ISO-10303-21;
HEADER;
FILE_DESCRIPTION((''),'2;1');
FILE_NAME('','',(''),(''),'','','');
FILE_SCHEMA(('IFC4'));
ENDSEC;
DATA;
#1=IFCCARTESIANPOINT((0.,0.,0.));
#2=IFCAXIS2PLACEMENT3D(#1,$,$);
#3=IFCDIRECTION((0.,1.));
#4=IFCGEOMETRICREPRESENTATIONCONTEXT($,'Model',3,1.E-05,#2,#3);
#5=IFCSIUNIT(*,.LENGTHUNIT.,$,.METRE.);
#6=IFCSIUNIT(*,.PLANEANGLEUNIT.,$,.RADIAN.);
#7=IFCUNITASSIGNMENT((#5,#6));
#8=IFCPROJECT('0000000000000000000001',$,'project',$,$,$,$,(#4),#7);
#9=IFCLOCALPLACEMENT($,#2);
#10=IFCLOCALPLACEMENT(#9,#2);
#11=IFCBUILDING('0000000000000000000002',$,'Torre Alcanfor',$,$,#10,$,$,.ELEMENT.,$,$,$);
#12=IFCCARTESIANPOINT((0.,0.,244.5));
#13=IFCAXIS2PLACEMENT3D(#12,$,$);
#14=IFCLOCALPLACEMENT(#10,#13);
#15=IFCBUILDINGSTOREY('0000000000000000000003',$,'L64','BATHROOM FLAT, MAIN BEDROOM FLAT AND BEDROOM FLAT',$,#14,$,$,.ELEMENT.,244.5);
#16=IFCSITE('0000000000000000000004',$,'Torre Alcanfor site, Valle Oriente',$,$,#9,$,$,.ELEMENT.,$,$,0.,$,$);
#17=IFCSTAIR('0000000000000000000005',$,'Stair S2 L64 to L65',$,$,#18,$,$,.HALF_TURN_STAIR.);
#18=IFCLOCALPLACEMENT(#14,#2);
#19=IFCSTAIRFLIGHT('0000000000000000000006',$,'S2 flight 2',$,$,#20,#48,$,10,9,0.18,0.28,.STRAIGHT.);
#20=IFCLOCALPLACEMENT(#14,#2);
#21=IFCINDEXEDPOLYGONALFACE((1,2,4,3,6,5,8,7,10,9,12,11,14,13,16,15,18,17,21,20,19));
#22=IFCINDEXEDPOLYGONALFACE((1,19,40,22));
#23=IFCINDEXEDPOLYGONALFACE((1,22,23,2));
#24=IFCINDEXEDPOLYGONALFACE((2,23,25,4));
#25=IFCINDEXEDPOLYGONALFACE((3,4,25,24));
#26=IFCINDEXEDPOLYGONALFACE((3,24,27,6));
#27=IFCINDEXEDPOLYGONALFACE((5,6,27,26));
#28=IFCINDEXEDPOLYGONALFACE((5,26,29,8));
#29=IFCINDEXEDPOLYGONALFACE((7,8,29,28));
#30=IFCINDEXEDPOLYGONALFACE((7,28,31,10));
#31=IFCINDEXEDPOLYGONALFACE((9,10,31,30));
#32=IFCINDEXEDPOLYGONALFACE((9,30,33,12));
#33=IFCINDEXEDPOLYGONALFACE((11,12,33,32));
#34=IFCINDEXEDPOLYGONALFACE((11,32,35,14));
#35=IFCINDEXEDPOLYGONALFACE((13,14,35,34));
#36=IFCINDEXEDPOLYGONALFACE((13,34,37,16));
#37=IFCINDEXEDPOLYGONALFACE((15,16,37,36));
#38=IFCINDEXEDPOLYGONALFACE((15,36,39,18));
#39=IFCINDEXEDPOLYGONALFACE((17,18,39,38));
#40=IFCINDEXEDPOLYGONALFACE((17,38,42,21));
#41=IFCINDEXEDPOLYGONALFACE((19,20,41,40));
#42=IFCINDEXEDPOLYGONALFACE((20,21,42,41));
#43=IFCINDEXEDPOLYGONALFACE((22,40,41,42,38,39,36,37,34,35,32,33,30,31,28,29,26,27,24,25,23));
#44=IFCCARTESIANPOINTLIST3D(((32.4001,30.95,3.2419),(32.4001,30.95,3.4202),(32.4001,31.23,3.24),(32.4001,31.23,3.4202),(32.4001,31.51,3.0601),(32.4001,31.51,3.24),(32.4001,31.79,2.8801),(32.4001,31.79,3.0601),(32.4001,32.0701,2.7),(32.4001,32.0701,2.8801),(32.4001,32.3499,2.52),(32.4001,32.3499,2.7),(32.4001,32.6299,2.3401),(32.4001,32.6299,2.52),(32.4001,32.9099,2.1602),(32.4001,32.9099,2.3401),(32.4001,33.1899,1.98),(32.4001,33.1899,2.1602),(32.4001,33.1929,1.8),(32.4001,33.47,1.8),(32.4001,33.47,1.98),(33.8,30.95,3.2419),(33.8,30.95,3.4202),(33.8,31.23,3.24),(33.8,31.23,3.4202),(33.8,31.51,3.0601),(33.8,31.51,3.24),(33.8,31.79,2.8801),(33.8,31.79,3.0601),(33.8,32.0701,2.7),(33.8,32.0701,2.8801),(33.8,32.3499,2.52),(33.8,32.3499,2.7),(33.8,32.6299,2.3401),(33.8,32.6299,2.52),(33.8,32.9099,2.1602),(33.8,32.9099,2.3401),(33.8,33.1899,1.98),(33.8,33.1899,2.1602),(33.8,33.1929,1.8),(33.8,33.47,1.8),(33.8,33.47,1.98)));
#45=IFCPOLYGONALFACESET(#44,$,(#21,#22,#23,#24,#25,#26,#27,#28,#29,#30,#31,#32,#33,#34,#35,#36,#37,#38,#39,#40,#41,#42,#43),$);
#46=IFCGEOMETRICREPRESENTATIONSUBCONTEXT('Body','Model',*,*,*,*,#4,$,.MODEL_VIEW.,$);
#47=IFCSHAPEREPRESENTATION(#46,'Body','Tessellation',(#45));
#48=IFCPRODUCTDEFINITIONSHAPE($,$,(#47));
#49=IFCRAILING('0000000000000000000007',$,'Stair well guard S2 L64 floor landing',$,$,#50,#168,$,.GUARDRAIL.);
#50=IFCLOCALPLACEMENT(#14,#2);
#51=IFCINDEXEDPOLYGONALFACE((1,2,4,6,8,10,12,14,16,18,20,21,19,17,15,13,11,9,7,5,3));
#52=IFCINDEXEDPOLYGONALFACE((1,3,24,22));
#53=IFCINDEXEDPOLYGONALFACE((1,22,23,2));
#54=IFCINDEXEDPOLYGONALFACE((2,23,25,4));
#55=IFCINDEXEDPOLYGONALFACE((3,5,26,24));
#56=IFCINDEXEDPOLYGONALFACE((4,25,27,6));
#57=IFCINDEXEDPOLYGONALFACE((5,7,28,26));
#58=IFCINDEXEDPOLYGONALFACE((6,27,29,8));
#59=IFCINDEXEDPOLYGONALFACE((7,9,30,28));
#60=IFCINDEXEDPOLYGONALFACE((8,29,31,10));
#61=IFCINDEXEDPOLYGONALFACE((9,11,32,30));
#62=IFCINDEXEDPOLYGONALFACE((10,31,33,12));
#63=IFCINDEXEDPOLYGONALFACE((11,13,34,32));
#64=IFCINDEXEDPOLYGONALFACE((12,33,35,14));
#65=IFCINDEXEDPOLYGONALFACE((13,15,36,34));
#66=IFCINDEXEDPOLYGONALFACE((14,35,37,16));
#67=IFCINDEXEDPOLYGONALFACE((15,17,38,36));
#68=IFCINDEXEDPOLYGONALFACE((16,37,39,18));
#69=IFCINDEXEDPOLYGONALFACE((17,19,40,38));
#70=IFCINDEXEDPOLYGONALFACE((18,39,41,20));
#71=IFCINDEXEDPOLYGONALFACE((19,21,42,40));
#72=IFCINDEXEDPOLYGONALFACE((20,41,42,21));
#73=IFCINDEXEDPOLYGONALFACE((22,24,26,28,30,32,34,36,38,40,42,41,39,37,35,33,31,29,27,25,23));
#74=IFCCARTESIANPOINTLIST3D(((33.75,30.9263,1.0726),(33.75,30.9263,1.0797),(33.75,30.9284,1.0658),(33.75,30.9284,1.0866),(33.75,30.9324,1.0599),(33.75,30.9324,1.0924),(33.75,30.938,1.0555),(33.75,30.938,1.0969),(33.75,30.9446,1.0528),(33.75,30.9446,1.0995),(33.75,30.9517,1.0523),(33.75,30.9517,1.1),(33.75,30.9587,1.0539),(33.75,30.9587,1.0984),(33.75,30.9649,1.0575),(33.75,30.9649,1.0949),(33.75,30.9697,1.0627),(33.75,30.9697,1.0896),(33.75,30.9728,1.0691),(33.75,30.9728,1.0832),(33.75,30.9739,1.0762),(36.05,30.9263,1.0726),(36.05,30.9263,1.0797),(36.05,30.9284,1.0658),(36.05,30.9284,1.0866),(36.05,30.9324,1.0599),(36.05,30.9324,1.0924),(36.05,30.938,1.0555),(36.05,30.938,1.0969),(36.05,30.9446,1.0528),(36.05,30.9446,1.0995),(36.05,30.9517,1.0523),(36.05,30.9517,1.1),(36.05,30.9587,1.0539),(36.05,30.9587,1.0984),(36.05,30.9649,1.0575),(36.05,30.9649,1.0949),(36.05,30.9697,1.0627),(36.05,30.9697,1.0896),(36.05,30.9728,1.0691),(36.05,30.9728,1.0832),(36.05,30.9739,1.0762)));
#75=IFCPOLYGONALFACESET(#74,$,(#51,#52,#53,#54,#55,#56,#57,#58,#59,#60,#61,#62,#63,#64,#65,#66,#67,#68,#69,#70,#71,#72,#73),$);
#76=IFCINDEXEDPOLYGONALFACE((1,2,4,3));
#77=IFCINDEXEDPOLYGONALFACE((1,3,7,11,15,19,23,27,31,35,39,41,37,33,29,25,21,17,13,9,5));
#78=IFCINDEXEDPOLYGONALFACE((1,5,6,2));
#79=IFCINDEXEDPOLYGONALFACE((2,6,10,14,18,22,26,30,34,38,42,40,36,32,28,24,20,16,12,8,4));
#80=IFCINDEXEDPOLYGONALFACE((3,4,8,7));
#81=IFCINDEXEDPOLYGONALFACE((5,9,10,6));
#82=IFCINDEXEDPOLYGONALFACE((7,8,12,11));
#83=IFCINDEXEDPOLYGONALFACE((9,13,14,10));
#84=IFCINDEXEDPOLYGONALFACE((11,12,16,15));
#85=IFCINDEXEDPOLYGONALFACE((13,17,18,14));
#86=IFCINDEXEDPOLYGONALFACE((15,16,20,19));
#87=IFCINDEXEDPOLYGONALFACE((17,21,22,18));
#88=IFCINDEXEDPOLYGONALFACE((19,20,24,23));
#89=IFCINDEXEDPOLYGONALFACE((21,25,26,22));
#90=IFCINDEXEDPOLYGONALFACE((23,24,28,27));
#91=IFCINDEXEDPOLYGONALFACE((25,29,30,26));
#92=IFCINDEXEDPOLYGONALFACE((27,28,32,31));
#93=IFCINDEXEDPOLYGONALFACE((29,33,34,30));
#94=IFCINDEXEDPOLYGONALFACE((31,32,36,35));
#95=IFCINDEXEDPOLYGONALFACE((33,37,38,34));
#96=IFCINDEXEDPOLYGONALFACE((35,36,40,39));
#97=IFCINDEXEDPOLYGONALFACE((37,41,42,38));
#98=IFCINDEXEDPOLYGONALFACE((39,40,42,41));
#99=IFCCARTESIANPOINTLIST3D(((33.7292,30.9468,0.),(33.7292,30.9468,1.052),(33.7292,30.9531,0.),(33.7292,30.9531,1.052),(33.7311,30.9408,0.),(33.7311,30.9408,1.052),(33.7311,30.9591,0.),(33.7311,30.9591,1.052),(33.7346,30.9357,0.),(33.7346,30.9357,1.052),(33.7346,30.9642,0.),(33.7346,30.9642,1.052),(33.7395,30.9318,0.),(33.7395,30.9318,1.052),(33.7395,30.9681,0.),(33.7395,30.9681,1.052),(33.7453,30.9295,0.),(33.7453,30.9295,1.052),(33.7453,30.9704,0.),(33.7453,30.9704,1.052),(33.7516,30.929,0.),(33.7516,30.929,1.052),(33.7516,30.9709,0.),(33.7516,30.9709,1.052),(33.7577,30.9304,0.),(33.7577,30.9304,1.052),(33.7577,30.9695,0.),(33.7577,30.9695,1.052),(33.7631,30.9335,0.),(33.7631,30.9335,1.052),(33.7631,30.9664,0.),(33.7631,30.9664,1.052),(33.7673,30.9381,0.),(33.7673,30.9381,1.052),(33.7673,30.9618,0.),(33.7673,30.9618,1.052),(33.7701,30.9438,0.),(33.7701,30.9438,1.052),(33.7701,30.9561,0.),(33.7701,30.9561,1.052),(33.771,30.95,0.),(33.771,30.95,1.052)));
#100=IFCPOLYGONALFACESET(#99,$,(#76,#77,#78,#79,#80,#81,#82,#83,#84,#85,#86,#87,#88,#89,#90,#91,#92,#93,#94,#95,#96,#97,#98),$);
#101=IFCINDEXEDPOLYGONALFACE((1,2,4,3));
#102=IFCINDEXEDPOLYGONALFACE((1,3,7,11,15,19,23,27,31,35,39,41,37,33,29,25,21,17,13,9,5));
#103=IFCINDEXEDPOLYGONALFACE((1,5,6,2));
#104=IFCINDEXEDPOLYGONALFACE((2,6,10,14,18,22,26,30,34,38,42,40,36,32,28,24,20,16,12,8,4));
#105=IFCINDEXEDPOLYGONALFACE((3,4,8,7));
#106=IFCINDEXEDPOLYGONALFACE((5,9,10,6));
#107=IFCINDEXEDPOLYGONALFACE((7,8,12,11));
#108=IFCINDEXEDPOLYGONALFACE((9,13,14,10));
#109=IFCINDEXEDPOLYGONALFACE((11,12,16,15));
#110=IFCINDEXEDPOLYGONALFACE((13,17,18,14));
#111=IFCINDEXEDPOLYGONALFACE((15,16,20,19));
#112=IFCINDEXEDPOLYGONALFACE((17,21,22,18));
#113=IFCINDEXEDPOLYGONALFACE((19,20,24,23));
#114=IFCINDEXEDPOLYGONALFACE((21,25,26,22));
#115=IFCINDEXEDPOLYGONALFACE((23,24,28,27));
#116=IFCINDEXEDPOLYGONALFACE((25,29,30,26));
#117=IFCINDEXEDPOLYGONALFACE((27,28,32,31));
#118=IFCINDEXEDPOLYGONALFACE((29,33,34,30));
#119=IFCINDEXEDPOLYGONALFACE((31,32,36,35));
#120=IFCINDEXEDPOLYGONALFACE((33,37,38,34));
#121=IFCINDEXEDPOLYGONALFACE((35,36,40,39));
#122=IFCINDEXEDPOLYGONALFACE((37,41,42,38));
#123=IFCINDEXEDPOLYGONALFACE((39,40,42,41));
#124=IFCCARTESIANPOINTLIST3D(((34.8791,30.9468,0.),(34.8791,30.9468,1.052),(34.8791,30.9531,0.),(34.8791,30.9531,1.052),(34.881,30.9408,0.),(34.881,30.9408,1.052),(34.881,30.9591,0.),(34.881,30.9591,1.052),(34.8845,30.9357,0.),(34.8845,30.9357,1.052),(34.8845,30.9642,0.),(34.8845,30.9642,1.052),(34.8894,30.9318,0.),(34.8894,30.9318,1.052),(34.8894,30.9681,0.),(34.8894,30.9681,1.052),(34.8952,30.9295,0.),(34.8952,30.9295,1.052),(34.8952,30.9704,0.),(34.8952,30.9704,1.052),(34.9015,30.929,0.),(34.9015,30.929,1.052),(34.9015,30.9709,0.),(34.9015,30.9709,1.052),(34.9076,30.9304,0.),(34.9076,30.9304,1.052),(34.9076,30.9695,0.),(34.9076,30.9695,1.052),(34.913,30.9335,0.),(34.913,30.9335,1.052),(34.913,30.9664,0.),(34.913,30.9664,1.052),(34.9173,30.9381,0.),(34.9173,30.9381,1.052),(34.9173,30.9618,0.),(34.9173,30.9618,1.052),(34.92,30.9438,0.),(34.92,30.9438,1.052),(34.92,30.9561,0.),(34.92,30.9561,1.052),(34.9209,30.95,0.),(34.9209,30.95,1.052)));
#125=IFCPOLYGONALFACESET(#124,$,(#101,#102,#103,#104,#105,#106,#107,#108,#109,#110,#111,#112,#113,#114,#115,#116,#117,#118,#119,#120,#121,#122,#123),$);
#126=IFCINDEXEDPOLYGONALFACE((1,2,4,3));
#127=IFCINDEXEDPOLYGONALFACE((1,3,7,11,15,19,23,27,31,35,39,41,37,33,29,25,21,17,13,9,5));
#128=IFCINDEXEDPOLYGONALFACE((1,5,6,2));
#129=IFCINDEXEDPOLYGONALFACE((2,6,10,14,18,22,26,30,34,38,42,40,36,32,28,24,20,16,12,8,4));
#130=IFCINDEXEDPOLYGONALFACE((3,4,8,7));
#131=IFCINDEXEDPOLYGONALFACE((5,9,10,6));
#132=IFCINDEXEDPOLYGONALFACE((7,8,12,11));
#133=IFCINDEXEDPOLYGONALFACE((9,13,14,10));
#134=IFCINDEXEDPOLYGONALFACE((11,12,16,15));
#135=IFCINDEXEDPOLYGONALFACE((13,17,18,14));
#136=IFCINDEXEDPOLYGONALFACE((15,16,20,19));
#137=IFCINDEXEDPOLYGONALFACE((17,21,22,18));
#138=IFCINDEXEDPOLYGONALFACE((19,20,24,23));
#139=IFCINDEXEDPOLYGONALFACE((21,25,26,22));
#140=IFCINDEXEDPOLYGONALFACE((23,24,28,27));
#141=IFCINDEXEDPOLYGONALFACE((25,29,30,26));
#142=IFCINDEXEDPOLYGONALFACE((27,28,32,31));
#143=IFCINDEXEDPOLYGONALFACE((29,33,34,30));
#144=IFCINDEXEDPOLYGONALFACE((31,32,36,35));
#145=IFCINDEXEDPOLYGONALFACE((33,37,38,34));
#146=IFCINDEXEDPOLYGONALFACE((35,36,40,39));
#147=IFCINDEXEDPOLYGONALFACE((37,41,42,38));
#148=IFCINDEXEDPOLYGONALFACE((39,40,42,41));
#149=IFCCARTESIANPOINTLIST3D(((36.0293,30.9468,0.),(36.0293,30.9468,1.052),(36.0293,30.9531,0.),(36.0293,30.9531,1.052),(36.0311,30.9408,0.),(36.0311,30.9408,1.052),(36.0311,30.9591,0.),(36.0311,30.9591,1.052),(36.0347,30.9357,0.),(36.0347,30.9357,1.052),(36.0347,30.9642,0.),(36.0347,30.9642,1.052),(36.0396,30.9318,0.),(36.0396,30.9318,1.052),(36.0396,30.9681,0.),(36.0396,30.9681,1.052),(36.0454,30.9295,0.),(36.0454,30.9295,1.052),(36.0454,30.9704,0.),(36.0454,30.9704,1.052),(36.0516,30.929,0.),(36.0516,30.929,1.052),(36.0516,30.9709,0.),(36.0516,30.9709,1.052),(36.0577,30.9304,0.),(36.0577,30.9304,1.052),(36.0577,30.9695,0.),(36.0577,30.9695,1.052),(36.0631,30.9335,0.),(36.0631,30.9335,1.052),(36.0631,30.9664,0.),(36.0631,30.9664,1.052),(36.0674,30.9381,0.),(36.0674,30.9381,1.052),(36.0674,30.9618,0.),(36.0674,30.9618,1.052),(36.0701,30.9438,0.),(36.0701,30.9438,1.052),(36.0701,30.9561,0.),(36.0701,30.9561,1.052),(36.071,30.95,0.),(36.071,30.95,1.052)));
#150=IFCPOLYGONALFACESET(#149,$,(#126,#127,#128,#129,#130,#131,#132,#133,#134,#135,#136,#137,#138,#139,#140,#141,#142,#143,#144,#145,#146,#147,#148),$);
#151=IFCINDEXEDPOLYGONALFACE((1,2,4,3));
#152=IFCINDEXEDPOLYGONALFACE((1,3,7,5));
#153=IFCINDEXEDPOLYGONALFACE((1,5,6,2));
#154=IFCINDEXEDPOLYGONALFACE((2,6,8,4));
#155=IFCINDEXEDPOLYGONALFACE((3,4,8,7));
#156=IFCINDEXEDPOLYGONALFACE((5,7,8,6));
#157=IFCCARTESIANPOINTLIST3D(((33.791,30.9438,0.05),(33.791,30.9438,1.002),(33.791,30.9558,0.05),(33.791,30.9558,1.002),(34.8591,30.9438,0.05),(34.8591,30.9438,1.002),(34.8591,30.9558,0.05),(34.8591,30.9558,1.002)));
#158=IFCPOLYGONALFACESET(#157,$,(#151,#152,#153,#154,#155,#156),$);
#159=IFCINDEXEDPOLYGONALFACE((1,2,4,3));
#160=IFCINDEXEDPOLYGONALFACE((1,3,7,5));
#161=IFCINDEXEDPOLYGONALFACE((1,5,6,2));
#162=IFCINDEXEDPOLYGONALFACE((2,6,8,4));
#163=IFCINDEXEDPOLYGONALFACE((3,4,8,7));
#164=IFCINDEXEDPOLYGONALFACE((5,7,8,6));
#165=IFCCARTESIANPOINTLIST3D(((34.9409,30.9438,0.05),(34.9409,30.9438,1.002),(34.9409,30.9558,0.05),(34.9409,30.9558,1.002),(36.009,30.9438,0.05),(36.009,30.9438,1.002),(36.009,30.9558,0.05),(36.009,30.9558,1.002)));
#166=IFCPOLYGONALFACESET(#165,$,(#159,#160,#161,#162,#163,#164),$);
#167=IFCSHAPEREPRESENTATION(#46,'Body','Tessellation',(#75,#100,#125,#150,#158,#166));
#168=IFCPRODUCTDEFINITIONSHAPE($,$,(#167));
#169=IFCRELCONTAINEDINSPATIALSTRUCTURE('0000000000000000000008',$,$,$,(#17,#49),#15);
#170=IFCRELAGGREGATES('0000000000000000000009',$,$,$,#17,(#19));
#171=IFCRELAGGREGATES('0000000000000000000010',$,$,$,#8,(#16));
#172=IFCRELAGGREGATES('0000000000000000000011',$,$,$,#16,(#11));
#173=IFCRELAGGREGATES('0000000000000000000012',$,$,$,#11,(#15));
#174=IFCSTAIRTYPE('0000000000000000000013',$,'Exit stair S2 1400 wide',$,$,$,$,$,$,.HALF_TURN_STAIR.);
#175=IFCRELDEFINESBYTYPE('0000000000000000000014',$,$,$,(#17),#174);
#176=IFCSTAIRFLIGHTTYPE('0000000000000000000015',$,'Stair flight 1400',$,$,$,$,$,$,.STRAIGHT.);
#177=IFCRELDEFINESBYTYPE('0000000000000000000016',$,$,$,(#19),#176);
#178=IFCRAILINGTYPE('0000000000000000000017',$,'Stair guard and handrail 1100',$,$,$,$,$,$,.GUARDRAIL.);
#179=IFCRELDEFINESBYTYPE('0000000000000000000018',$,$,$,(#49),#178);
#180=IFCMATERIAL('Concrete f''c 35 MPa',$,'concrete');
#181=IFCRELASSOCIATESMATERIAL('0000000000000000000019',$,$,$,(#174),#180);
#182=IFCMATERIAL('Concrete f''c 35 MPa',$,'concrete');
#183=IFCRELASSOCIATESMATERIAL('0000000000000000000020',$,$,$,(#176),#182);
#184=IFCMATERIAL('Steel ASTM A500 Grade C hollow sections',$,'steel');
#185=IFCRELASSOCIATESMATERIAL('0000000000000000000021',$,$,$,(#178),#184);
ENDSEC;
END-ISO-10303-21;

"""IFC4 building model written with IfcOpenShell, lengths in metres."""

from ifc_helpers import new_model, si_unit, direction, frame, origin, origin_2d, place, context, subcontext, project, spatial, polyline, circle, outline, extrude, material, type_object, element, aggregate, save


model = new_model("IFC4")

# Units and contexts
model_context = context("Model", 3, precision=1e-05, world=origin(), true_north=direction((0.0, 1.0)))
body_context = subcontext(model_context, "Body", "Model", "MODEL_VIEW")
ifc_project = project(units=[si_unit("LENGTHUNIT", "METRE"), si_unit("PLANEANGLEUNIT", "RADIAN")], contexts=[model_context])

# Site, building, storey
site_placement = place(None, origin())
site = spatial("IfcSite", under=ifc_project, at=site_placement, Name="Torre Alcanfor site, Valle Oriente", CompositionType="ELEMENT", RefElevation=0.0)
building_placement = place(site_placement, origin())
building = spatial("IfcBuilding", under=site, at=building_placement, Name="Torre Alcanfor", CompositionType="ELEMENT")
storey_placement = place(building_placement, frame((0.0, 0.0, 244.5)))
storey = spatial("IfcBuildingStorey", under=building, at=storey_placement, Name="L64", Description="BATHROOM FLAT, MAIN BEDROOM FLAT AND BEDROOM FLAT", CompositionType="ELEMENT", Elevation=244.5)

# Stair, stair flight
ifc_material_1 = material(Name="Concrete f'c 35 MPa", Category="concrete")
stair_type = type_object("IfcStairType", Name="Exit stair S2 1400 wide", PredefinedType="HALF_TURN_STAIR", material=ifc_material_1)
stair_placement = place(storey_placement, origin())
stair = element("IfcStair", 1, at=stair_placement, inside=storey, type_object=stair_type, Name="Stair S2 L64 to L65", PredefinedType="HALF_TURN_STAIR")
ifc_material_2 = material(Name="Concrete f'c 35 MPa", Category="concrete")
stair_flight_type = type_object("IfcStairFlightType", Name="Stair flight 1400", PredefinedType="STRAIGHT", material=ifc_material_2)
stair_flight_1_placement = place(storey_placement, frame((33.1001, 33.47, 1.8), z_axis=(0.0, 0.0, 1.0), x_axis=(0.0, -1.0, 0.0)))
stair_flight_1 = element("IfcStairFlight", 2, at=stair_flight_1_placement, type_object=stair_flight_type, Name="S2 flight 2", NumberOfRisers=10, NumberOfTreads=9, PredefinedType="STRAIGHT", RiserHeight=0.18, TreadLength=0.28, context=body_context, shape_type="SweptSolid", body=[
    extrude(outline(polyline([(0.0, 0.0), (0.0, 0.1799), (0.28, 0.1799), (0.28, 0.3601), (0.5601, 0.3601), (0.5601, 0.54), (0.8401, 0.54), (0.8401, 0.72), (1.1201, 0.72), (1.1201, 0.8999), (1.3999, 0.8999), (1.3999, 1.0801), (1.6799, 1.0801), (1.6799, 1.26), (1.96, 1.26), (1.96, 1.4399), (2.24, 1.4399), (2.24, 1.6201), (2.52, 1.6201), (2.52, 1.8), (2.52, 1.4419), (0.2771, 0.0), (0.0, 0.0)])), frame((0.0, 0.7, 0.0), z_axis=(0.0, -1.0, 0.0), x_axis=(1.0, 0.0, 0.0)), (0.0, 0.0, 1.0), 1.3999),
])
aggregate(stair, [stair_flight_1])

# Railing
ifc_material_3 = material(Name="Steel ASTM A500 Grade C hollow sections", Category="steel")
railing_type_1 = type_object("IfcRailingType", Name="Stair guard and handrail 1100", PredefinedType="GUARDRAIL", material=ifc_material_3)
for number, where, name in (
    (3, (33.75, 30.95, 0.0), "Stair well guard S2 L64 floor landing"),
):
    element("IfcRailing", number, at=place(storey_placement, frame(where)), inside=storey, type_object=railing_type_1, Name=name, PredefinedType="GUARDRAIL", context=body_context, shape_type="SweptSolid", body=[
        extrude(circle(Radius=0.0239, at=origin_2d()), frame((0.0, 0.0, 1.0762), z_axis=(1.0, 0.0, 0.0), x_axis=(0.0, 1.0, 0.0)), (0.0, 0.0, 1.0), 2.3),
        extrude(circle(Radius=0.021, at=origin_2d()), origin(), (0.0, 0.0, 1.0), 1.052),
        extrude(circle(Radius=0.021, at=origin_2d()), frame((1.1499, 0.0, 0.0)), (0.0, 0.0, 1.0), 1.052),
        extrude(circle(Radius=0.021, at=origin_2d()), frame((2.3, 0.0, 0.0)), (0.0, 0.0, 1.0), 1.052),
        extrude(outline(polyline([(0.041, 0.05), (1.1091, 0.05), (1.1091, 1.002), (0.041, 1.002), (0.041, 0.05)])), frame((0.0, 0.0059, 0.0), z_axis=(0.0, -1.0, 0.0), x_axis=(1.0, 0.0, 0.0)), (0.0, 0.0, 1.0), 0.012),
        extrude(outline(polyline([(1.1909, 0.05), (2.259, 0.05), (2.259, 1.002), (1.1909, 1.002), (1.1909, 0.05)])), frame((0.0, 0.0059, 0.0), z_axis=(0.0, -1.0, 0.0), x_axis=(1.0, 0.0, 0.0)), (0.0, 0.0, 1.0), 0.012),
    ])

save(model, "model.ifc")
